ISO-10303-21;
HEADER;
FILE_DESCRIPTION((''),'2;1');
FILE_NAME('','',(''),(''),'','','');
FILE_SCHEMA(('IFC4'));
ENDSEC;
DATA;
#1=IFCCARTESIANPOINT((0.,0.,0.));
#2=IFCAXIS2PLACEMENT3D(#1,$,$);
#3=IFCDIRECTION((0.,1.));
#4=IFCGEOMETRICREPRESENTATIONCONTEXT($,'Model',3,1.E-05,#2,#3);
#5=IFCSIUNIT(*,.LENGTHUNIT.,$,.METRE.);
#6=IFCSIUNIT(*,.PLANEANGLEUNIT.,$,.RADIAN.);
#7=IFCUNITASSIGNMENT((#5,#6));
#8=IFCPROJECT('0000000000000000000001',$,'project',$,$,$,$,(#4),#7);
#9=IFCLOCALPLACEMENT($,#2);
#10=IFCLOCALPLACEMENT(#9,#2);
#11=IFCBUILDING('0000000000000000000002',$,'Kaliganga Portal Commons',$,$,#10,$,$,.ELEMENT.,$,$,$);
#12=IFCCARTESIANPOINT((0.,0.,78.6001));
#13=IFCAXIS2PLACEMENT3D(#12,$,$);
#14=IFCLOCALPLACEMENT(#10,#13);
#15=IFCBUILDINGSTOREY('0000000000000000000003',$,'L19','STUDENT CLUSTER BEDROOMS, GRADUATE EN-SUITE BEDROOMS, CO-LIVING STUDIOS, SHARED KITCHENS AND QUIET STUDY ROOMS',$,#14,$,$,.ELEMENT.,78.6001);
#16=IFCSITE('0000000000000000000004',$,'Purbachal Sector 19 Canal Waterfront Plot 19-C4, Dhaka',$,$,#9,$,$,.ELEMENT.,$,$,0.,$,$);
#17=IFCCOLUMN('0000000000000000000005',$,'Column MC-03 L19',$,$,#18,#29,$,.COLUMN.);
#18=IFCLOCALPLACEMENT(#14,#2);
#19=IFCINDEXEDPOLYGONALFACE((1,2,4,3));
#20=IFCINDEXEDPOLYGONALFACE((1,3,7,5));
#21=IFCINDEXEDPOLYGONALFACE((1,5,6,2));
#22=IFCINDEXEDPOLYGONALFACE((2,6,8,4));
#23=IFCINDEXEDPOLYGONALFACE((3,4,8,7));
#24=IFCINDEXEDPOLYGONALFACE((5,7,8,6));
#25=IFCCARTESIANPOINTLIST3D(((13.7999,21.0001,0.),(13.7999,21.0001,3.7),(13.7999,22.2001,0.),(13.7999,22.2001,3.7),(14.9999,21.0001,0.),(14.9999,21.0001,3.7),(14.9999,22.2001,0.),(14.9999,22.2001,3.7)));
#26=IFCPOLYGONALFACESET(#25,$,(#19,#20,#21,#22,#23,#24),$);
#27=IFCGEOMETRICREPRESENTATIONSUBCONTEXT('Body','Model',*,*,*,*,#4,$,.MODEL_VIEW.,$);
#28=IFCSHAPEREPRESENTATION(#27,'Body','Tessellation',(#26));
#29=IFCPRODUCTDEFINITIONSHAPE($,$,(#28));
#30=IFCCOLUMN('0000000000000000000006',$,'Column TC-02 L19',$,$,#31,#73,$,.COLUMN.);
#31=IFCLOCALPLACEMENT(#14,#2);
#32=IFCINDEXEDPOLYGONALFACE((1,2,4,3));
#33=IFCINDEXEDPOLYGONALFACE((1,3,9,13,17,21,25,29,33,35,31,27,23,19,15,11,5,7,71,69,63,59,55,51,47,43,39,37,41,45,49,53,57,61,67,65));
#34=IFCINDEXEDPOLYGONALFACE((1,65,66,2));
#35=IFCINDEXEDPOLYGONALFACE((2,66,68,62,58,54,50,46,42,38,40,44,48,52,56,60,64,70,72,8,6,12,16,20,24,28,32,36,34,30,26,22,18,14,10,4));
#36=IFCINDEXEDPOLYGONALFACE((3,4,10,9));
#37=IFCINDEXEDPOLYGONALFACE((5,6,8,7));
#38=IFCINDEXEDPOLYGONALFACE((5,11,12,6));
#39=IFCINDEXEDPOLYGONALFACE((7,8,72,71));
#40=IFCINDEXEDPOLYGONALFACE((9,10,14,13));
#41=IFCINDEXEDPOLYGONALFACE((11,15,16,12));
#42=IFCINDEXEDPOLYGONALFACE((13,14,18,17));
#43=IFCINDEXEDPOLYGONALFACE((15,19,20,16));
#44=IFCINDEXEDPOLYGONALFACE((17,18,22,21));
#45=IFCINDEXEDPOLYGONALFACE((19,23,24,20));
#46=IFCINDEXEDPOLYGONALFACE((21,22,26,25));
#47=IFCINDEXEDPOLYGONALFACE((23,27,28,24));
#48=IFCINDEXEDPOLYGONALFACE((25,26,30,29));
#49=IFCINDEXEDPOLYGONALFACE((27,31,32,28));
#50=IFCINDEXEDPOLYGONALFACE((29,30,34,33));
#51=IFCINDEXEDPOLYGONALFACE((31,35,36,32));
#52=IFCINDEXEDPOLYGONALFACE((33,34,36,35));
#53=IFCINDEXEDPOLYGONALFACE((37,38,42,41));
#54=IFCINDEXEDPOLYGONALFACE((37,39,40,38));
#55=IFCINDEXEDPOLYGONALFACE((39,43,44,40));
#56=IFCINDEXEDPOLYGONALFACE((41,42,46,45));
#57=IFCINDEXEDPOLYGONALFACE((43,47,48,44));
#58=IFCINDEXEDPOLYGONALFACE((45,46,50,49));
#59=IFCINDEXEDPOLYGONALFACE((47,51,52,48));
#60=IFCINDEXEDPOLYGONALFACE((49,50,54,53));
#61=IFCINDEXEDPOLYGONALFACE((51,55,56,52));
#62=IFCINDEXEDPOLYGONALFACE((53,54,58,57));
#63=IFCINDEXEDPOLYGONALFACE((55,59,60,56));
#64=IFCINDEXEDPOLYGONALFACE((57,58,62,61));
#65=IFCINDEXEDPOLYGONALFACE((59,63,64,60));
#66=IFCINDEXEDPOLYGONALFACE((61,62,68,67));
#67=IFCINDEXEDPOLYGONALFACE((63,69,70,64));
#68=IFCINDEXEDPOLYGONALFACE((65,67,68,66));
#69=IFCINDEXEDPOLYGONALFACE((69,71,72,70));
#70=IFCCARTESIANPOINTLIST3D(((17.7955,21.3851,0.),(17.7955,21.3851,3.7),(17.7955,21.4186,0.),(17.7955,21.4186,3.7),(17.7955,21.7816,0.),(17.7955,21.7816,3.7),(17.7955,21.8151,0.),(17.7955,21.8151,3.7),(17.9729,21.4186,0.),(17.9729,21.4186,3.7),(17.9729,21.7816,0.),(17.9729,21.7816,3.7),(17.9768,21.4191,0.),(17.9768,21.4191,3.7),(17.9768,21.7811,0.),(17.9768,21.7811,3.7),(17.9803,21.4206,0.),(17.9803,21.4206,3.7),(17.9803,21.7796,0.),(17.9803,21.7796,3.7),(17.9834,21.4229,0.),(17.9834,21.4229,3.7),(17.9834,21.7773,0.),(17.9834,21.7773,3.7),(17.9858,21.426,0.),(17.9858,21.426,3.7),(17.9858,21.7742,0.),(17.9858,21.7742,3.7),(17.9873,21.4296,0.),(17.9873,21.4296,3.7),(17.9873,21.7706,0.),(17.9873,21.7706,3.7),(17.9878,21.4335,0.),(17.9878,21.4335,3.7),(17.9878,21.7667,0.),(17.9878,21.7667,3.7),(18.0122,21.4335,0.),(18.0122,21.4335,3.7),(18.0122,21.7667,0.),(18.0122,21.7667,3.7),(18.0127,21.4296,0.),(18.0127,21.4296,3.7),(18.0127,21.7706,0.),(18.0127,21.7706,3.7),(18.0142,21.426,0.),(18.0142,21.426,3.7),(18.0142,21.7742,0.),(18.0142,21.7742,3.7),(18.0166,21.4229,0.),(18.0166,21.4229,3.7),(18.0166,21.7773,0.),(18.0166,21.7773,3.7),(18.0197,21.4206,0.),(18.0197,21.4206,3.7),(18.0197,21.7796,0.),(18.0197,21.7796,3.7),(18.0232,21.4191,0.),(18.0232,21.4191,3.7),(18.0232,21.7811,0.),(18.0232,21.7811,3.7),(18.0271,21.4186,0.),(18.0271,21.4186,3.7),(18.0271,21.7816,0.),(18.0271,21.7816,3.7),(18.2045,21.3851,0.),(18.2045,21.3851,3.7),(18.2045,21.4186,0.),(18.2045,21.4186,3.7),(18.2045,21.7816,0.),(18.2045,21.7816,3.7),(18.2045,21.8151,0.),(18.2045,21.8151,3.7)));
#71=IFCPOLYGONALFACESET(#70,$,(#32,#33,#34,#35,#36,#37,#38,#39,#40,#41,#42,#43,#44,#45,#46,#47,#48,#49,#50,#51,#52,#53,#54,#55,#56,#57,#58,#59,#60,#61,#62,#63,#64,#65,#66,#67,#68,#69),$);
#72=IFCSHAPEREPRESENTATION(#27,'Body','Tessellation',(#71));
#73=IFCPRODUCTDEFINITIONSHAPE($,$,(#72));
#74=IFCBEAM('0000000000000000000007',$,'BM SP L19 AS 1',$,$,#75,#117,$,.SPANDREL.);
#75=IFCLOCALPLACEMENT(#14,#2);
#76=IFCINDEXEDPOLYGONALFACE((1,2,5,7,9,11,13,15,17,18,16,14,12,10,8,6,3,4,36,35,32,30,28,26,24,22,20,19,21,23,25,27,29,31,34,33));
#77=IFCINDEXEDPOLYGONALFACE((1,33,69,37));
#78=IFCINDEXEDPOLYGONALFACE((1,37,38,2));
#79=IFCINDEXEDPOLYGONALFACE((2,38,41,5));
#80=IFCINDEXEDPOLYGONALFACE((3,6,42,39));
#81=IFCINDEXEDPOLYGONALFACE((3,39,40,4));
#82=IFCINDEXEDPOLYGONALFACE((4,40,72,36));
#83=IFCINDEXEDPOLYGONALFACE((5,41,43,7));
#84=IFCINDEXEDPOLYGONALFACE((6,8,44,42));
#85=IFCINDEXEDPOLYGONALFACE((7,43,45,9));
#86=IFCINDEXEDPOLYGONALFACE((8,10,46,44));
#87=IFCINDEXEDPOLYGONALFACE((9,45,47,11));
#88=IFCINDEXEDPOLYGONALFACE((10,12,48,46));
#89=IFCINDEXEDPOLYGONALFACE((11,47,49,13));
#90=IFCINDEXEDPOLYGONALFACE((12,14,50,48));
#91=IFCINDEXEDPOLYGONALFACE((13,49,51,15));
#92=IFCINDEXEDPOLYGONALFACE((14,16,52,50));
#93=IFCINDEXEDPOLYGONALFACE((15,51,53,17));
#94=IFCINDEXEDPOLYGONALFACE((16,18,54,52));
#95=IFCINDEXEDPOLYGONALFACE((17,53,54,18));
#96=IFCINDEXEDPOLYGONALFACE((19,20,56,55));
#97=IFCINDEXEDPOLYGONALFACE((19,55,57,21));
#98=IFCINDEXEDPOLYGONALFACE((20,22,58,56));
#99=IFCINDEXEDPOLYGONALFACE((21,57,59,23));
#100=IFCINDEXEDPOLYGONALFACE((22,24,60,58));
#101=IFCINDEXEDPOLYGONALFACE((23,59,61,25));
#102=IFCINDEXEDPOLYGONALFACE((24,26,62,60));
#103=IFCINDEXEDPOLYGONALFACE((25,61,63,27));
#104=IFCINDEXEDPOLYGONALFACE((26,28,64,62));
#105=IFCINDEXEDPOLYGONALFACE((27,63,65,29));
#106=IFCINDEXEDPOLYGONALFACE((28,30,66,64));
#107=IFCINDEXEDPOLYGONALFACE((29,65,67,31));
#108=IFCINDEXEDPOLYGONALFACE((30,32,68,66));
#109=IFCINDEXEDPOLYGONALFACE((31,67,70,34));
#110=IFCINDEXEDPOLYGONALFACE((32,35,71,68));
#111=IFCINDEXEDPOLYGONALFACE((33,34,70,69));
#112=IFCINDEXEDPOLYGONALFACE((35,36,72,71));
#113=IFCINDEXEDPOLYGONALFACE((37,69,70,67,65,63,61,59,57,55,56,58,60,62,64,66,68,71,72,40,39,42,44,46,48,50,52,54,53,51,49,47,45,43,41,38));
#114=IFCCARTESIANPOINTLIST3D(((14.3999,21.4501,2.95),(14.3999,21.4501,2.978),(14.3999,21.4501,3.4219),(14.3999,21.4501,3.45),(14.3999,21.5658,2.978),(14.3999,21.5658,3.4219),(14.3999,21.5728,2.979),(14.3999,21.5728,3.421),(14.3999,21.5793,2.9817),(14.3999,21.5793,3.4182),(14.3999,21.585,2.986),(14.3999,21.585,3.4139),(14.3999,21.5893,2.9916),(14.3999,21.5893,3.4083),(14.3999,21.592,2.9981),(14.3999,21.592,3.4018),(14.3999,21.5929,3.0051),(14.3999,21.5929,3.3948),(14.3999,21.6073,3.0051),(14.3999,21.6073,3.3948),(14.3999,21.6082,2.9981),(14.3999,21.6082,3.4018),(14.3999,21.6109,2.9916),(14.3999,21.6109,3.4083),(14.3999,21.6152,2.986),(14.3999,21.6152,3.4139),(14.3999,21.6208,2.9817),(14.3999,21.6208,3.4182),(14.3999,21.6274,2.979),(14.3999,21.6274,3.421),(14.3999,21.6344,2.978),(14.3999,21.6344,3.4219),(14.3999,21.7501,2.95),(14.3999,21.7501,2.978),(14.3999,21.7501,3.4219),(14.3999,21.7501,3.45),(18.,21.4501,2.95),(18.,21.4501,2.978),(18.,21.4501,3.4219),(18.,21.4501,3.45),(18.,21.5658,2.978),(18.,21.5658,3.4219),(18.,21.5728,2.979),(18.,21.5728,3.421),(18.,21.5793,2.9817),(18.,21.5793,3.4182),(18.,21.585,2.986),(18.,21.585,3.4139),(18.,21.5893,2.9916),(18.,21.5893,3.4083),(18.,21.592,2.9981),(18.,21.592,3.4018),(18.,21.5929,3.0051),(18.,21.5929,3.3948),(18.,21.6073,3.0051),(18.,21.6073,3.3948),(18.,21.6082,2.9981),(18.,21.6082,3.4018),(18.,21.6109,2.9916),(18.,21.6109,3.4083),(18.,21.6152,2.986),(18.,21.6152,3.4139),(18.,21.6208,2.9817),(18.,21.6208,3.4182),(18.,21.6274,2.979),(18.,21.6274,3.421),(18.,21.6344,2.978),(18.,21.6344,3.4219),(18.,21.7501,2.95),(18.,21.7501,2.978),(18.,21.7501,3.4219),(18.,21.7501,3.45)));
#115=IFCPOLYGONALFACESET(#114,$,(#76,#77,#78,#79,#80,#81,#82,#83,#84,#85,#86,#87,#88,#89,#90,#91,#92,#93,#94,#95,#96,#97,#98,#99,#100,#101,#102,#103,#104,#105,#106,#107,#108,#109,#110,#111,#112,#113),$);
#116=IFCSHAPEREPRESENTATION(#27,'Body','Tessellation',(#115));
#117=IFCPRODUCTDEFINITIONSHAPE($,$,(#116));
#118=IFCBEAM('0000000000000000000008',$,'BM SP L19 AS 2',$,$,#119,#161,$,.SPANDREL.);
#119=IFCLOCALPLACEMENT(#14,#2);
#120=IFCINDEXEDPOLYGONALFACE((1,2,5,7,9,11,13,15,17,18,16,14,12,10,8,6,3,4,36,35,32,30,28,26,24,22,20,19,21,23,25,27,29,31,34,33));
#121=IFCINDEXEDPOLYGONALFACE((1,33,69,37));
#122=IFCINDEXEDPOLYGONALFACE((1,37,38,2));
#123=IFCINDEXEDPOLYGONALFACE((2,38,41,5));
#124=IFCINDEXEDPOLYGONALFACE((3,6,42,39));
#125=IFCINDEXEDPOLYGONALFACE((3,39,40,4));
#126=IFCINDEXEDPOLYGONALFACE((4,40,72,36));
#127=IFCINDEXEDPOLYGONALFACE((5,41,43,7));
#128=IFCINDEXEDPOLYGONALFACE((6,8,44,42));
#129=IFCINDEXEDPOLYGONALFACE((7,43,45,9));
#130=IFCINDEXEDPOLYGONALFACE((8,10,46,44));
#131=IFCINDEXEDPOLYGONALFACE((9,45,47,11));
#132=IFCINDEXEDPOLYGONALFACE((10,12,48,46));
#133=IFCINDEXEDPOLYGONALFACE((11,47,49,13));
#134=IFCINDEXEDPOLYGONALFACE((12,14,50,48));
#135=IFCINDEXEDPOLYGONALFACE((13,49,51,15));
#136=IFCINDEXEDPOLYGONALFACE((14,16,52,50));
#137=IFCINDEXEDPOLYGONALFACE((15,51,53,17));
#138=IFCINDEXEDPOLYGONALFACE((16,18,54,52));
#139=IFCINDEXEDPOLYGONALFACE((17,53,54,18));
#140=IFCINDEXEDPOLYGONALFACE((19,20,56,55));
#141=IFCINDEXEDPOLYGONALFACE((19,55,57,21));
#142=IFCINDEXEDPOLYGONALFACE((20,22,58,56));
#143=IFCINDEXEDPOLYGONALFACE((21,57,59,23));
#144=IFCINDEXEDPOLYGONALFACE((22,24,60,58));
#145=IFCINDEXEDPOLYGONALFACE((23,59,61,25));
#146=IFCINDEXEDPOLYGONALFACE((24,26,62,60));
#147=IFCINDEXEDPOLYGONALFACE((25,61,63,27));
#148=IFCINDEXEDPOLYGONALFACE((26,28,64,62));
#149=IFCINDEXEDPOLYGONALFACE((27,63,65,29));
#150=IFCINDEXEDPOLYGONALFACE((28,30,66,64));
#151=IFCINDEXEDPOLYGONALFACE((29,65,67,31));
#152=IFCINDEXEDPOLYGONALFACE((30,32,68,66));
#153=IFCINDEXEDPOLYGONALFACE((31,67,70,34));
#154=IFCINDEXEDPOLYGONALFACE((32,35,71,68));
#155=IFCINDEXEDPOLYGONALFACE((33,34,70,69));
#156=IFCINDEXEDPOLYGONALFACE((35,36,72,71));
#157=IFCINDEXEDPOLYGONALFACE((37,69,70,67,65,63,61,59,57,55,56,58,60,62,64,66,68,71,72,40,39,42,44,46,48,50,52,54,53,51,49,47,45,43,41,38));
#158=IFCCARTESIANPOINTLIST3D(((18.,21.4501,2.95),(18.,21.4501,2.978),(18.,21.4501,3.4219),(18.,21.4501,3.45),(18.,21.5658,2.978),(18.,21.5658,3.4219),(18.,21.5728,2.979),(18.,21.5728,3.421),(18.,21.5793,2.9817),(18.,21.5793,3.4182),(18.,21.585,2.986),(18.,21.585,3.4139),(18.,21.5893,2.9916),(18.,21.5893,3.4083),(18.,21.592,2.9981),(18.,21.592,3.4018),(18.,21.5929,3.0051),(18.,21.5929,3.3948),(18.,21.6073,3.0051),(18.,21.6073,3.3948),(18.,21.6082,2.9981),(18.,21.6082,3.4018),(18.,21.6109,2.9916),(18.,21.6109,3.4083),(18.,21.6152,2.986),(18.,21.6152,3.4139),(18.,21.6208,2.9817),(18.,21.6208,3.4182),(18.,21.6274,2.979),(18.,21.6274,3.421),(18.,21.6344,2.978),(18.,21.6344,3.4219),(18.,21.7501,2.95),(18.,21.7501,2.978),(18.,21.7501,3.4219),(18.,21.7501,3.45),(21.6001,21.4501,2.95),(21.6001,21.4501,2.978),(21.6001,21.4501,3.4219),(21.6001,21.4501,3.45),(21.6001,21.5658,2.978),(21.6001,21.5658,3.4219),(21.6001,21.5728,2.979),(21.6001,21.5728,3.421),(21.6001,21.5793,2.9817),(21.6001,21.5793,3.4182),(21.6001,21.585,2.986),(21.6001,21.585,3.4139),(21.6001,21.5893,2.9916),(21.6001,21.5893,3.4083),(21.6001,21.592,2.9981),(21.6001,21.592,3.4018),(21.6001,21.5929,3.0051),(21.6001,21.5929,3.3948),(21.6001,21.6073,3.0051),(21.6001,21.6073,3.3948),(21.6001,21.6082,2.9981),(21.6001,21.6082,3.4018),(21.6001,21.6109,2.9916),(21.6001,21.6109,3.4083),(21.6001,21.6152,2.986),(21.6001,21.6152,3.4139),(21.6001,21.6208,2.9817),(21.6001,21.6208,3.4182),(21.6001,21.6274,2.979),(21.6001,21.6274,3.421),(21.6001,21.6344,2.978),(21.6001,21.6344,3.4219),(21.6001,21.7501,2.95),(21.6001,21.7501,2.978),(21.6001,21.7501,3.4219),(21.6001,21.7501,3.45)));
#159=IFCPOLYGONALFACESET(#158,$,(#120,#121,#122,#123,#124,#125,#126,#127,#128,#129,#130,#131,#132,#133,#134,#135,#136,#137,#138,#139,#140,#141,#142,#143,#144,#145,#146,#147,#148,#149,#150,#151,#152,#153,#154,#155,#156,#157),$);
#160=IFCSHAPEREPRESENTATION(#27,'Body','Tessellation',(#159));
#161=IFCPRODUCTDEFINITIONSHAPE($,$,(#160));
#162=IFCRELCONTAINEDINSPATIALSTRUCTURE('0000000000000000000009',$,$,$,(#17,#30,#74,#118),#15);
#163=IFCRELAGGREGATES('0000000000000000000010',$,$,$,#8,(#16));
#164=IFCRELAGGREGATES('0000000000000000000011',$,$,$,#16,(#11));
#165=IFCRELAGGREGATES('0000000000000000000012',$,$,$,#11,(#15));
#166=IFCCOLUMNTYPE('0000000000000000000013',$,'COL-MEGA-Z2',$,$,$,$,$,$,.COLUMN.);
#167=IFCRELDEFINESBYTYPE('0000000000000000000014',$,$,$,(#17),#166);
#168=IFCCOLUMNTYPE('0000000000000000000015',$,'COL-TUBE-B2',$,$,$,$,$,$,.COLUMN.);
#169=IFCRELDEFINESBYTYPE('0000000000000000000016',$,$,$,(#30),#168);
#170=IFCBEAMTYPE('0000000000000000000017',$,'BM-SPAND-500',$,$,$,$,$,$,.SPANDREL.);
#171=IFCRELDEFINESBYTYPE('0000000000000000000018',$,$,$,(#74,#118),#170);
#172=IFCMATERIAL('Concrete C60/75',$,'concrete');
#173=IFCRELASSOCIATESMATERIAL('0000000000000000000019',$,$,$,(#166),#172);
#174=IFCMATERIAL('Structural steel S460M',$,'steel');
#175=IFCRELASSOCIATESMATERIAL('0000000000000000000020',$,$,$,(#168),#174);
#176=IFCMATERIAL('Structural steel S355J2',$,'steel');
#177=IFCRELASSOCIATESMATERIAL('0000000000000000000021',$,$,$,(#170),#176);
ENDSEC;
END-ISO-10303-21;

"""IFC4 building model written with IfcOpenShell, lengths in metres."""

from ifc_helpers import new_model, si_unit, direction, frame, origin, origin_2d, place, context, subcontext, project, spatial, rectangle, i_section, extrude, source, transform, mapped, material, material_profile, profile_set, type_object, element, save


model = new_model("IFC4")

# Units and contexts
model_context = context("Model", 3, precision=1e-05, world=origin(), true_north=direction((0.0, 1.0)))
body_context = subcontext(model_context, "Body", "Model", "MODEL_VIEW")
ifc_project = project(units=[si_unit("LENGTHUNIT", "METRE"), si_unit("PLANEANGLEUNIT", "RADIAN")], contexts=[model_context])

# Site, building, storey
site_placement = place(None, origin())
site = spatial("IfcSite", under=ifc_project, at=site_placement, Name="Purbachal Sector 19 Canal Waterfront Plot 19-C4, Dhaka", CompositionType="ELEMENT", RefElevation=0.0)
building_placement = place(site_placement, origin())
building = spatial("IfcBuilding", under=site, at=building_placement, Name="Kaliganga Portal Commons", CompositionType="ELEMENT")
storey_placement = place(building_placement, frame((0.0, 0.0, 78.6001)))
storey = spatial("IfcBuildingStorey", under=building, at=storey_placement, Name="L19", Description="STUDENT CLUSTER BEDROOMS, GRADUATE EN-SUITE BEDROOMS, CO-LIVING STUDIOS, SHARED KITCHENS AND QUIET STUDY ROOMS", CompositionType="ELEMENT", Elevation=78.6001)

# Columns
ifc_material_1 = material(Name="Concrete C60/75", Category="concrete")
ifc_material_profile_1 = material_profile(ifc_material_1, rectangle(XDim=1.2, YDim=1.2, at=origin_2d()), Name="RC 1200x1200")
ifc_profile_set_1 = profile_set([ifc_material_profile_1], Name="Concrete C60/75")
column_type_1 = type_object("IfcColumnType", Name="COL-MEGA-Z2", PredefinedType="COLUMN", material=ifc_profile_set_1)
shared_shape_1 = source(origin(), body_context, "Body", "SweptSolid", [
    extrude(rectangle(XDim=1.2, YDim=1.2, at=origin_2d()), origin(), (0.0, 0.0, 1.0), 3.7),
])
column_1_placement = place(storey_placement, frame((14.3999, 21.6001, 0.0), z_axis=(0.0, 0.0, 1.0), x_axis=(1.0, 0.0, 0.0)))
element("IfcColumn", 1, at=column_1_placement, inside=storey, type_object=column_type_1, Name="Column MC-03 L19", PredefinedType="COLUMN", context=body_context, shape_type="MappedRepresentation", body=[
    mapped(shared_shape_1, transform((0.0, 0.0, 0.0), x_axis=(1.0, 0.0, 0.0), y_axis=(0.0, 1.0, 0.0), z_axis=(0.0, 0.0, 1.0), scale=1.0)),
])
ifc_material_2 = material(Name="Structural steel S460M", Category="steel")
ifc_material_profile_2 = material_profile(ifc_material_2, i_section(OverallWidth=0.4089, OverallDepth=0.4299, WebThickness=0.0244, FlangeThickness=0.0334, FilletRadius=0.0149, at=origin_2d()), Name="HD 400x421")
ifc_profile_set_2 = profile_set([ifc_material_profile_2], Name="Structural steel S460M wide-flange")
column_type_2 = type_object("IfcColumnType", Name="COL-TUBE-B2", PredefinedType="COLUMN", material=ifc_profile_set_2)
shared_shape_2 = source(origin(), body_context, "Body", "SweptSolid", [
    extrude(i_section(OverallWidth=0.4089, OverallDepth=0.4299, WebThickness=0.0244, FlangeThickness=0.0334, FilletRadius=0.0149, at=origin_2d()), origin(), (0.0, 0.0, 1.0), 3.7),
])
column_2_placement = place(storey_placement, frame((18.0, 21.6001, 0.0), z_axis=(0.0, 0.0, 1.0), x_axis=(1.0, 0.0, 0.0)))
element("IfcColumn", 2, at=column_2_placement, inside=storey, type_object=column_type_2, Name="Column TC-02 L19", PredefinedType="COLUMN", context=body_context, shape_type="MappedRepresentation", body=[
    mapped(shared_shape_2, transform((0.0, 0.0, 0.0), x_axis=(1.0, 0.0, 0.0), y_axis=(0.0, 1.0, 0.0), z_axis=(0.0, 0.0, 1.0), scale=1.0)),
])

# Beams
ifc_material_3 = material(Name="Structural steel S355J2", Category="steel")
ifc_material_profile_3 = material_profile(ifc_material_3, i_section(OverallWidth=0.3, OverallDepth=0.5, WebThickness=0.0144, FlangeThickness=0.0281, FilletRadius=0.0271, at=origin_2d()), Name="HE 500 B")
ifc_profile_set_3 = profile_set([ifc_material_profile_3], Name="Structural steel S355J2 wide-flange")
beam_type_1 = type_object("IfcBeamType", Name="BM-SPAND-500", PredefinedType="SPANDREL", material=ifc_profile_set_3)
shared_shape_3 = source(origin(), body_context, "Body", "SweptSolid", [
    extrude(i_section(OverallWidth=0.3, OverallDepth=0.5, WebThickness=0.0144, FlangeThickness=0.0281, FilletRadius=0.0271, at=origin_2d()), origin(), (0.0, 0.0, 1.0), 3.6001),
])
for number, where, z_axis, x_axis, name in (
    (3, (14.3999, 21.6001, 3.2), (1.0, 0.0, 0.0), (0.0, 1.0, 0.0), "BM SP L19 AS 1"),
    (4, (18.0, 21.6001, 3.2), (1.0, 0.0, 0.0), (0.0, 1.0, 0.0), "BM SP L19 AS 2"),
):
    element("IfcBeam", number, at=place(storey_placement, frame(where, z_axis=z_axis, x_axis=x_axis)), inside=storey, type_object=beam_type_1, Name=name, PredefinedType="SPANDREL", context=body_context, shape_type="MappedRepresentation", body=[
        mapped(shared_shape_3, transform((0.0, 0.0, 0.0), x_axis=(1.0, 0.0, 0.0), y_axis=(0.0, 1.0, 0.0), z_axis=(0.0, 0.0, 1.0), scale=1.0)),
    ])

save(model, "model.ifc")
